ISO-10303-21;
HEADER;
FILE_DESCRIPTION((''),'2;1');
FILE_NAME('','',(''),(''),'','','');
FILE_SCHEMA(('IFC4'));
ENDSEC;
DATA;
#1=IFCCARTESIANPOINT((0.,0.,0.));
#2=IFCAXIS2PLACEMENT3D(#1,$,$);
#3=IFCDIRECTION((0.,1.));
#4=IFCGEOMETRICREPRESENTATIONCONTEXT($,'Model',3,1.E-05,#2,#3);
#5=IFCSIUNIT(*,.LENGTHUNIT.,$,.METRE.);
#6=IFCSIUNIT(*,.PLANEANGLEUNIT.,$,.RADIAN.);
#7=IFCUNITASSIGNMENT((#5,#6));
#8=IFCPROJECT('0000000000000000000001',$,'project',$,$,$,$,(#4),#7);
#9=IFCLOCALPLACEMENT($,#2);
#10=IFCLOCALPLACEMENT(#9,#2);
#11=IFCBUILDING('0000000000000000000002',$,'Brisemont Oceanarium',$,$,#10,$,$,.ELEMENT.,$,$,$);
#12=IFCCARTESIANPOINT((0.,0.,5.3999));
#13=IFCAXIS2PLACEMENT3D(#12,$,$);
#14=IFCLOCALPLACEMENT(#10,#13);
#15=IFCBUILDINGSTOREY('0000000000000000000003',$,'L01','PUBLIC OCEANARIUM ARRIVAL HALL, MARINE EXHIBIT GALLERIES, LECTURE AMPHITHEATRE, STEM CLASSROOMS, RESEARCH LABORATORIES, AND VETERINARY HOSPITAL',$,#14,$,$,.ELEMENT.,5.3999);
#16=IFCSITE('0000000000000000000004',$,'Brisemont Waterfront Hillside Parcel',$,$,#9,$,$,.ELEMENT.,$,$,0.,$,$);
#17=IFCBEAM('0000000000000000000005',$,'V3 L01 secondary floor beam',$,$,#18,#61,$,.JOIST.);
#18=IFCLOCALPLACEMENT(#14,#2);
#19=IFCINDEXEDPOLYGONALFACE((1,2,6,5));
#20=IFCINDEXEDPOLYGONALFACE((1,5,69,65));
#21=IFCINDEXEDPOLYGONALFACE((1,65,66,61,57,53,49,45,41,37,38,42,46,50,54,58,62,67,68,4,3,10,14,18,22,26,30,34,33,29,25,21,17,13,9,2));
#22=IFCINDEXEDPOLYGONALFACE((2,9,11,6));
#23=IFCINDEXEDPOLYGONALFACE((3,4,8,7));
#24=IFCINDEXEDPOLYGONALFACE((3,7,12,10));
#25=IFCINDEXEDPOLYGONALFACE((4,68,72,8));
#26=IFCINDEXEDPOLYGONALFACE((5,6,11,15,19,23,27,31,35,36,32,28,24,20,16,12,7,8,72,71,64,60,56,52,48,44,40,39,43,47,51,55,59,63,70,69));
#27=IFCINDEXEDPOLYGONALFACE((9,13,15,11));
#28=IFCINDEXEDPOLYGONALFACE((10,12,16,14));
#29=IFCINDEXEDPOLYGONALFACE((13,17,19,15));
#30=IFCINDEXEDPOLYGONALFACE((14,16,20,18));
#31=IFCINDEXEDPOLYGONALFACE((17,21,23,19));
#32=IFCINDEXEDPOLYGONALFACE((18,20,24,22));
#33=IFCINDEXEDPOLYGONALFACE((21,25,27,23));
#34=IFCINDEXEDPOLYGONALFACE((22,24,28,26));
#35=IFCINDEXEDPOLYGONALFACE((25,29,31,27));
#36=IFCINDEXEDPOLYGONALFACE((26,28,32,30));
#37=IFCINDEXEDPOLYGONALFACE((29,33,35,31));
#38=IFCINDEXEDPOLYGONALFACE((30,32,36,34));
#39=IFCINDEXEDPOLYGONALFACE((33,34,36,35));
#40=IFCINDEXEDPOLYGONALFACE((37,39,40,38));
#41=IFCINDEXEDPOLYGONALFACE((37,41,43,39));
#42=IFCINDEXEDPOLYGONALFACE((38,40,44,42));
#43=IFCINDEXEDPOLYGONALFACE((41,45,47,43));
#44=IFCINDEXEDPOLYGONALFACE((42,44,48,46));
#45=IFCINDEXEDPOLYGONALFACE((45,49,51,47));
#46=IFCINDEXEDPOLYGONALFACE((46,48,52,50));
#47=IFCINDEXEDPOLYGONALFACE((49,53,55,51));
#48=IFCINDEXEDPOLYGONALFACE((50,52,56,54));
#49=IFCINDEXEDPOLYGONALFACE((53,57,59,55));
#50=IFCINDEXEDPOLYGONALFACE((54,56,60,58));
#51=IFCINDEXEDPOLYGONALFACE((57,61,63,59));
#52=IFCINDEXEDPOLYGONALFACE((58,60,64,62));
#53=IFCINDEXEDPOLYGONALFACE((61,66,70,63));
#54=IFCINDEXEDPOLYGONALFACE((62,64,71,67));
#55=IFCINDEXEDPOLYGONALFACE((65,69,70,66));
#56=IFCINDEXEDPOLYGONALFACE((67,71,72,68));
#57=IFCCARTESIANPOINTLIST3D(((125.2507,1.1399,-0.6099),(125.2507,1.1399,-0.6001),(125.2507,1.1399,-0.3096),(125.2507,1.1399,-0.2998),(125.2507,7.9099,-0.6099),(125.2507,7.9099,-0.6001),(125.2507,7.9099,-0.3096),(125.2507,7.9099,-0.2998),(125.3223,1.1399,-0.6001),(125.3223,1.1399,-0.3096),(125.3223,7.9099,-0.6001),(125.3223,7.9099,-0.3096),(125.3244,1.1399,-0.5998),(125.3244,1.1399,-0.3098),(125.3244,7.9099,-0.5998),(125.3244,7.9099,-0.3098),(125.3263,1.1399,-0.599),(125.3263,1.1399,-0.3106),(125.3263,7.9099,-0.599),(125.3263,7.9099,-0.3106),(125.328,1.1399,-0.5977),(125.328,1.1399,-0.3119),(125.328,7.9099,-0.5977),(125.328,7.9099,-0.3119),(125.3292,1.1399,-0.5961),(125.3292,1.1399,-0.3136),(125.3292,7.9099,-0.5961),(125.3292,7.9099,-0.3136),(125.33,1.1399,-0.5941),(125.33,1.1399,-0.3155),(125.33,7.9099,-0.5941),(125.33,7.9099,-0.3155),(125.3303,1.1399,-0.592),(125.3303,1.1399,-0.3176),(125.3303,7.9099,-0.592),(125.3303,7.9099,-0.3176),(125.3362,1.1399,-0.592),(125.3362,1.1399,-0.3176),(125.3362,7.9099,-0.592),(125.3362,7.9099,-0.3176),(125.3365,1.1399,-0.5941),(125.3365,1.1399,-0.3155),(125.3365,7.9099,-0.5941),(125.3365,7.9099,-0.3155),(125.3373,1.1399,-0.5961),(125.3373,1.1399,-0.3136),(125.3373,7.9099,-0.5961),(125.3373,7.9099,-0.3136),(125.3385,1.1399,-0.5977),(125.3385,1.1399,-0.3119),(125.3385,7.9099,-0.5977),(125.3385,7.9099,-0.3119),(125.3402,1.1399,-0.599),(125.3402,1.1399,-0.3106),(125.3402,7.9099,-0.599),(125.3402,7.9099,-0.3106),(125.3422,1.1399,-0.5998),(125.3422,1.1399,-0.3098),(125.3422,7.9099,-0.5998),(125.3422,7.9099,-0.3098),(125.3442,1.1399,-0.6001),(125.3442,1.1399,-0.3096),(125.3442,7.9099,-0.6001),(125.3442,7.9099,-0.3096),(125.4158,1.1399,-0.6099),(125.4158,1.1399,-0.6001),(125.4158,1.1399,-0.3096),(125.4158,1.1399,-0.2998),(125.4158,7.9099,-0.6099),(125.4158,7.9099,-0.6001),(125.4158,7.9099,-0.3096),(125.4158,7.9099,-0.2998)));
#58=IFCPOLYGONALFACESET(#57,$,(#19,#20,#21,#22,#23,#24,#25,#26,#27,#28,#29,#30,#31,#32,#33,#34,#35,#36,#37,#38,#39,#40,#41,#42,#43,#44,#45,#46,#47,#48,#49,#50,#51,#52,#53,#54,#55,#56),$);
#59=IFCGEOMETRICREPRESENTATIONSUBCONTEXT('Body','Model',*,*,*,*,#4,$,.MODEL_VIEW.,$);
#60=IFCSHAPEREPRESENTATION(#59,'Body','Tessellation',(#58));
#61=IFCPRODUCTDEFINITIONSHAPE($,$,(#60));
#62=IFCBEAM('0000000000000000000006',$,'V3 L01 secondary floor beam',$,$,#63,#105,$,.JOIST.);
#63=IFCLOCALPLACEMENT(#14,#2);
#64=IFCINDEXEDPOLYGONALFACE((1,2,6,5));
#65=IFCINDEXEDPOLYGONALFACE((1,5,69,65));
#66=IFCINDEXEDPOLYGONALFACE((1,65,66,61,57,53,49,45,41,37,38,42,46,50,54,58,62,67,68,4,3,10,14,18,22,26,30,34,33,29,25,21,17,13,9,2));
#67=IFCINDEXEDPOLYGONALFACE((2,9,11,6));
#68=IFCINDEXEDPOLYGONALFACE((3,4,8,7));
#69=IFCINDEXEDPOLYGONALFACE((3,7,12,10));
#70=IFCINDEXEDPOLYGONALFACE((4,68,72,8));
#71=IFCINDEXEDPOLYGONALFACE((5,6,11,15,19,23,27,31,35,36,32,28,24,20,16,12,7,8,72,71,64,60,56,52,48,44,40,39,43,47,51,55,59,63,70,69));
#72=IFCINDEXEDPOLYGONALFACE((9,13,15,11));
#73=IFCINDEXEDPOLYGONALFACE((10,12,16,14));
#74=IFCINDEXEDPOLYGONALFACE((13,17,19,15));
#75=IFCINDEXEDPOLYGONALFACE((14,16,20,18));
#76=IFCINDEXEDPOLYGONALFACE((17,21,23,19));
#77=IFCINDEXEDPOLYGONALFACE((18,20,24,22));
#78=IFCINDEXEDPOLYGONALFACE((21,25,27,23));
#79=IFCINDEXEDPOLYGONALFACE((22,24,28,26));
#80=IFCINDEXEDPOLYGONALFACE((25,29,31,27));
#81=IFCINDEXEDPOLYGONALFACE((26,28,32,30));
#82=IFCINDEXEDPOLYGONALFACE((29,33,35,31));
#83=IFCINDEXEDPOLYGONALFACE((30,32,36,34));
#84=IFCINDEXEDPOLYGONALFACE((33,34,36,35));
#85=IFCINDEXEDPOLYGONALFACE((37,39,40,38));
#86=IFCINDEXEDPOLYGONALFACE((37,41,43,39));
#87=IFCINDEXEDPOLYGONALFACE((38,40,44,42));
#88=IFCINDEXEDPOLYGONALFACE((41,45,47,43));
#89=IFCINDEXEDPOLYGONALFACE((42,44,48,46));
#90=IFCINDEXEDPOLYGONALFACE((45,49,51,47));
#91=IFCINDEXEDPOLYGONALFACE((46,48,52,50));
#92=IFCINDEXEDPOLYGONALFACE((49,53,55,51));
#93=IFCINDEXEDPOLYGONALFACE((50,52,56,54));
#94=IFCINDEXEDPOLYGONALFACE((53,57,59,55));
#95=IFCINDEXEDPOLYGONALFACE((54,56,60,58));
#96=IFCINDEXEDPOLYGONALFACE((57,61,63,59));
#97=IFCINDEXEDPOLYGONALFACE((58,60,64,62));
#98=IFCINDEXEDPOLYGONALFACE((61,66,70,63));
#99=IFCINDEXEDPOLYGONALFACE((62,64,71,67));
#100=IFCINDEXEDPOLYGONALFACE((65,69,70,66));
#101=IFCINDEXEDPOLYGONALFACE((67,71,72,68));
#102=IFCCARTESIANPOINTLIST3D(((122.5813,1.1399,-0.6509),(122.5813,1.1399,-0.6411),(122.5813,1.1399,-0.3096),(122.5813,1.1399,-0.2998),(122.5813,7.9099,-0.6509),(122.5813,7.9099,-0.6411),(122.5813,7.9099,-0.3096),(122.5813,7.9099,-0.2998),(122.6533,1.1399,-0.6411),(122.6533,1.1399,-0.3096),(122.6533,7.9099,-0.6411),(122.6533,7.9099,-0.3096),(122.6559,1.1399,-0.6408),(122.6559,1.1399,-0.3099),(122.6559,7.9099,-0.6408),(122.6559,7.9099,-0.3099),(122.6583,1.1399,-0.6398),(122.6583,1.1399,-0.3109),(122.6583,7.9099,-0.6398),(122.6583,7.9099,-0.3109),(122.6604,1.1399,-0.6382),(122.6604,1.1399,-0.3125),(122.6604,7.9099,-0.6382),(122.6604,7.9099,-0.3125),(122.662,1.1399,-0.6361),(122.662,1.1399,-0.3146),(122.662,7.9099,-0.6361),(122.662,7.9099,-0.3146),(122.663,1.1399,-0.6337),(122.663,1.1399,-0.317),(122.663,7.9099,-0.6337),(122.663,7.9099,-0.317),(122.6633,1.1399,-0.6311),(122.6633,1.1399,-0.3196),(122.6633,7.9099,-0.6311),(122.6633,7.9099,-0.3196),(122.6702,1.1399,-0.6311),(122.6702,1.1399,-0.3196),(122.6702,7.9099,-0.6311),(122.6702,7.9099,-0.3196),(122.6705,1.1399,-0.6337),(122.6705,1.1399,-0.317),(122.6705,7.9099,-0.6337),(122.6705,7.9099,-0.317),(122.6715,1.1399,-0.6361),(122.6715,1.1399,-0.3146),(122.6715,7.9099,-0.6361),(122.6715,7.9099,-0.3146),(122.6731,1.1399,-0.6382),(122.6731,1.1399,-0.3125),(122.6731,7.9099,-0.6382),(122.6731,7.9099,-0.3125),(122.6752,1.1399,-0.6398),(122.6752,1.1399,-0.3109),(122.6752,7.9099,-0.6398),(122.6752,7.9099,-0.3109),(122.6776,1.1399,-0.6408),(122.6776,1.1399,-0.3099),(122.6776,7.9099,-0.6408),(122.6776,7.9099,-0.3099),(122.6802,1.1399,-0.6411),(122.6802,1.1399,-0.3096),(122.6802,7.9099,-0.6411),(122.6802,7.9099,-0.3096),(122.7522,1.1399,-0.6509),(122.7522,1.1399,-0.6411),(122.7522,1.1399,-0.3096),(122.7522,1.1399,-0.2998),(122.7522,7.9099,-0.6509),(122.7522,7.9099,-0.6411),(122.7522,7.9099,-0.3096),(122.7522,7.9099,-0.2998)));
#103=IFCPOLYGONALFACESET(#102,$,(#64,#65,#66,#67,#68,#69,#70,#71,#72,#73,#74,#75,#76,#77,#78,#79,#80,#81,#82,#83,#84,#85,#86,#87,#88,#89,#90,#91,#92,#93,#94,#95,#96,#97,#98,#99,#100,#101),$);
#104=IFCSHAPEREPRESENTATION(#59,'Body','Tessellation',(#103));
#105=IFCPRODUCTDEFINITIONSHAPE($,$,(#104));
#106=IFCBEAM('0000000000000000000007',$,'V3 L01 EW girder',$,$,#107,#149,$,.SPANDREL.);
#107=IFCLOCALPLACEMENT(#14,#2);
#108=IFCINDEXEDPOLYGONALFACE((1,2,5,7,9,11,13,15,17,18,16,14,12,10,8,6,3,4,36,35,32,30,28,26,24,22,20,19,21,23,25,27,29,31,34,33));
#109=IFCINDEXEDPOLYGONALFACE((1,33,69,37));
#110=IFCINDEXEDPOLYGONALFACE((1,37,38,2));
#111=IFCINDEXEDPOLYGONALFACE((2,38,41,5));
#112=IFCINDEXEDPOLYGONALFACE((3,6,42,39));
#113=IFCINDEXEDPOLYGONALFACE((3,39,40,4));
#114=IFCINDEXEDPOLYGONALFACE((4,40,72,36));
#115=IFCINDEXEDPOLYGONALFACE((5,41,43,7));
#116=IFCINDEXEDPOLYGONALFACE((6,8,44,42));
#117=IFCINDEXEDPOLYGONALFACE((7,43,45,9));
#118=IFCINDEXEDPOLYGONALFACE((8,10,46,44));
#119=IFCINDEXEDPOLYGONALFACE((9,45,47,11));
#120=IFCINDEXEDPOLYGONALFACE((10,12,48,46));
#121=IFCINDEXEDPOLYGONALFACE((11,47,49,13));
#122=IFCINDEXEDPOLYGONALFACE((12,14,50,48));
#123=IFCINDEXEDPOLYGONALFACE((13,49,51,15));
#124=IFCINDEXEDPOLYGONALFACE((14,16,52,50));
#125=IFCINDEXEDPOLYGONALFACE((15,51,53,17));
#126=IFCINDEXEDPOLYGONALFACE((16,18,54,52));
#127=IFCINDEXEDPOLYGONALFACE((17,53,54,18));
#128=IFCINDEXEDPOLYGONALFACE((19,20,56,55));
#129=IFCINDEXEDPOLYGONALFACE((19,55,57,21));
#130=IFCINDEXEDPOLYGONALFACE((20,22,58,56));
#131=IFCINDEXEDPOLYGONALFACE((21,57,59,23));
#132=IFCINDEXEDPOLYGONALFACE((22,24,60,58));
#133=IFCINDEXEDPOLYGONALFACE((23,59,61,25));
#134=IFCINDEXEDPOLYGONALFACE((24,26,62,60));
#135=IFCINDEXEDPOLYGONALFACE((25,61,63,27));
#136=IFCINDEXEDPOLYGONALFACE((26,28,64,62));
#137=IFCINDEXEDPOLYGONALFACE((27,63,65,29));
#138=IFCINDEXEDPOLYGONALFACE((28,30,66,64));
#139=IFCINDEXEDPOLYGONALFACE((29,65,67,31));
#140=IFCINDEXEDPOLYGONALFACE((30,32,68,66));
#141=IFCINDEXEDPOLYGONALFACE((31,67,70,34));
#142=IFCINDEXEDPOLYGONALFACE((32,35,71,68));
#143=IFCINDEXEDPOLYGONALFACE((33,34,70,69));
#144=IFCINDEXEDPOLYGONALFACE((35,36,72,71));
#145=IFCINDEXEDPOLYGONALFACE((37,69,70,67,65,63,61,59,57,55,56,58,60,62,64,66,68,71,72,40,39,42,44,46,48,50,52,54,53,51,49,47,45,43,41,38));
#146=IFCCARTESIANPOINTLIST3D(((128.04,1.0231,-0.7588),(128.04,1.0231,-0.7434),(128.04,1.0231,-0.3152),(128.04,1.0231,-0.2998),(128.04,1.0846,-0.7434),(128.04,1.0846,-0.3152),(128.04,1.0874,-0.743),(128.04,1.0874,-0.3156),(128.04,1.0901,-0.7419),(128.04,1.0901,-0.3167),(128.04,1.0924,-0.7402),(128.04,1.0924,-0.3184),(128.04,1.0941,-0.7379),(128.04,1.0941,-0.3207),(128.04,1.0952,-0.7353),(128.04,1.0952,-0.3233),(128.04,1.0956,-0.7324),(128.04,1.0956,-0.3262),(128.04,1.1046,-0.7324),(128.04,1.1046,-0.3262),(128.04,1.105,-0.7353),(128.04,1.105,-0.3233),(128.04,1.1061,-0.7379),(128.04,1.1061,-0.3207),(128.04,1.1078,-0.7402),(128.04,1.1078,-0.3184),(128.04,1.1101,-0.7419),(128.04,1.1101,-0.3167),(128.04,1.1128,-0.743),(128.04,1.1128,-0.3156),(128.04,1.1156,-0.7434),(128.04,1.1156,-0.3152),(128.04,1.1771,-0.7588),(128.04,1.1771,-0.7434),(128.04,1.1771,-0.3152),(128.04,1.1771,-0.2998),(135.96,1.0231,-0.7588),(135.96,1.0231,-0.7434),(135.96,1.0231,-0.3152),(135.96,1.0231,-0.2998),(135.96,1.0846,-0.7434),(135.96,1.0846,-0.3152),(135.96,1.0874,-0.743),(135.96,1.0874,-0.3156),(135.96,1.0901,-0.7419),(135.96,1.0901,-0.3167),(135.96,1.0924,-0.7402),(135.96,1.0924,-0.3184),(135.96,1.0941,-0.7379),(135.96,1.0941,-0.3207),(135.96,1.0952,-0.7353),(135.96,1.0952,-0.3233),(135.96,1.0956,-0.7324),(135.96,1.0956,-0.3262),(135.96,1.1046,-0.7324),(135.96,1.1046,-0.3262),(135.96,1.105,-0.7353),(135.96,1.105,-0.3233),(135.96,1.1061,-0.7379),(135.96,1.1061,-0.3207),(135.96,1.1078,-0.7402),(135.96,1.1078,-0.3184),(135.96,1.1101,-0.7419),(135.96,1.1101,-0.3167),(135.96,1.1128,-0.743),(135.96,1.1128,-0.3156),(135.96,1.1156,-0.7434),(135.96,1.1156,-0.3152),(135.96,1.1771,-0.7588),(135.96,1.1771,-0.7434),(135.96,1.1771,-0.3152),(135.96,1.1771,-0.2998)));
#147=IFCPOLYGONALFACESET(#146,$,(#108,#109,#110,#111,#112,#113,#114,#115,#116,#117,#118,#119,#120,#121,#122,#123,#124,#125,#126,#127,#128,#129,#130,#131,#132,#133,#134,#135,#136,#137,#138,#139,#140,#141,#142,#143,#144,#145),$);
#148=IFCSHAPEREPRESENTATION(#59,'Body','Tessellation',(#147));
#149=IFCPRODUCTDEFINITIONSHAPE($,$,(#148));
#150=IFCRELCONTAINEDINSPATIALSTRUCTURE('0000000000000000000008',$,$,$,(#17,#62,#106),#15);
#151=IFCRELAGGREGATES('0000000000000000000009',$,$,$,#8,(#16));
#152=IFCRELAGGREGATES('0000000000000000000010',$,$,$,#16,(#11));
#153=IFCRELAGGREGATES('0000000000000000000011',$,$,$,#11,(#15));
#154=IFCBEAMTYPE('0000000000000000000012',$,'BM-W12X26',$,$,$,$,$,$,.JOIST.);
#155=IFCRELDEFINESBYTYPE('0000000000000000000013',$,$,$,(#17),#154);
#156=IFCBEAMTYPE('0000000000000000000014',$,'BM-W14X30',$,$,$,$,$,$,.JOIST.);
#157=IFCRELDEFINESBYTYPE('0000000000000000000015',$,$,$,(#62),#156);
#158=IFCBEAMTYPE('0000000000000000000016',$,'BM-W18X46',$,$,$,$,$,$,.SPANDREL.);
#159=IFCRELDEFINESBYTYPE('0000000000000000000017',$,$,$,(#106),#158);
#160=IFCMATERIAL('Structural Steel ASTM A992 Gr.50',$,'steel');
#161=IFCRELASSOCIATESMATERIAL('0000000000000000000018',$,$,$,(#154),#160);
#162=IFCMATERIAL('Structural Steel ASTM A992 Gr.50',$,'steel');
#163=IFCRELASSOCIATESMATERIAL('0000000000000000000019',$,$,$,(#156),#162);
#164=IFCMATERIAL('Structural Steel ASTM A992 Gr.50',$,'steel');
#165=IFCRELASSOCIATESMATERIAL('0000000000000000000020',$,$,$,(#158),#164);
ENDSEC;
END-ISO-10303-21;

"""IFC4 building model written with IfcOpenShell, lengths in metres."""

from ifc_helpers import new_model, si_unit, direction, frame, origin, origin_2d, place, context, subcontext, project, spatial, i_section, extrude, material, material_profile, profile_set, type_object, element, save


model = new_model("IFC4")

# Units and contexts
model_context = context("Model", 3, precision=1e-05, world=origin(), true_north=direction((0.0, 1.0)))
body_context = subcontext(model_context, "Body", "Model", "MODEL_VIEW")
ifc_project = project(units=[si_unit("LENGTHUNIT", "METRE"), si_unit("PLANEANGLEUNIT", "RADIAN")], contexts=[model_context])

# Site, building, storey
site_placement = place(None, origin())
site = spatial("IfcSite", under=ifc_project, at=site_placement, Name="Brisemont Waterfront Hillside Parcel", CompositionType="ELEMENT", RefElevation=0.0)
building_placement = place(site_placement, origin())
building = spatial("IfcBuilding", under=site, at=building_placement, Name="Brisemont Oceanarium", CompositionType="ELEMENT")
storey_placement = place(building_placement, frame((0.0, 0.0, 5.3999)))
storey = spatial("IfcBuildingStorey", under=building, at=storey_placement, Name="L01", Description="PUBLIC OCEANARIUM ARRIVAL HALL, MARINE EXHIBIT GALLERIES, LECTURE AMPHITHEATRE, STEM CLASSROOMS, RESEARCH LABORATORIES, AND VETERINARY HOSPITAL", CompositionType="ELEMENT", Elevation=5.3999)

# Beams
ifc_material_1 = material(Name="Structural Steel ASTM A992 Gr.50", Category="steel")
ifc_material_profile_1 = material_profile(ifc_material_1, i_section(OverallWidth=0.165, OverallDepth=0.3101, WebThickness=0.0059, FlangeThickness=0.0098, FilletRadius=0.0081, at=origin_2d()), Name="W12X26")
ifc_profile_set_1 = profile_set([ifc_material_profile_1], Name="Structural Steel ASTM A992 Gr.50")
beam_type_1 = type_object("IfcBeamType", Name="BM-W12X26", PredefinedType="JOIST", material=ifc_profile_set_1)
beam_1_placement = place(storey_placement, frame((125.3333, 1.1399, -0.4548), z_axis=(0.0, 1.0, 0.0), x_axis=(-1.0, 0.0, 0.0)))
element("IfcBeam", 1, at=beam_1_placement, inside=storey, type_object=beam_type_1, Name="V3 L01 secondary floor beam", PredefinedType="JOIST", context=body_context, shape_type="SweptSolid", body=[
    extrude(i_section(OverallWidth=0.165, OverallDepth=0.3101, WebThickness=0.0059, FlangeThickness=0.0098, FilletRadius=0.0081, at=origin_2d()), origin(), (0.0, 0.0, 1.0), 6.77),
])
ifc_material_2 = material(Name="Structural Steel ASTM A992 Gr.50", Category="steel")
ifc_material_profile_2 = material_profile(ifc_material_2, i_section(OverallWidth=0.1709, OverallDepth=0.3511, WebThickness=0.0068, FlangeThickness=0.0098, FilletRadius=0.01, at=origin_2d()), Name="W14X30")
ifc_profile_set_2 = profile_set([ifc_material_profile_2], Name="Structural Steel ASTM A992 Gr.50")
beam_type_2 = type_object("IfcBeamType", Name="BM-W14X30", PredefinedType="JOIST", material=ifc_profile_set_2)
beam_2_placement = place(storey_placement, frame((122.6667, 1.1399, -0.4753), z_axis=(0.0, 1.0, 0.0), x_axis=(-1.0, 0.0, 0.0)))
element("IfcBeam", 2, at=beam_2_placement, inside=storey, type_object=beam_type_2, Name="V3 L01 secondary floor beam", PredefinedType="JOIST", context=body_context, shape_type="SweptSolid", body=[
    extrude(i_section(OverallWidth=0.1709, OverallDepth=0.3511, WebThickness=0.0068, FlangeThickness=0.0098, FilletRadius=0.01, at=origin_2d()), origin(), (0.0, 0.0, 1.0), 6.77),
])
ifc_material_3 = material(Name="Structural Steel ASTM A992 Gr.50", Category="steel")
ifc_material_profile_3 = material_profile(ifc_material_3, i_section(OverallWidth=0.1541, OverallDepth=0.459, WebThickness=0.009, FlangeThickness=0.0154, FilletRadius=0.011, at=origin_2d()), Name="W18X46")
ifc_profile_set_3 = profile_set([ifc_material_profile_3], Name="Structural Steel ASTM A992 Gr.50")
beam_type_3 = type_object("IfcBeamType", Name="BM-W18X46", PredefinedType="SPANDREL", material=ifc_profile_set_3)
beam_3_placement = place(storey_placement, frame((128.04, 1.1001, -0.5293), z_axis=(1.0, 0.0, 0.0), x_axis=(0.0, 1.0, 0.0)))
element("IfcBeam", 3, at=beam_3_placement, inside=storey, type_object=beam_type_3, Name="V3 L01 EW girder", PredefinedType="SPANDREL", context=body_context, shape_type="SweptSolid", body=[
    extrude(i_section(OverallWidth=0.1541, OverallDepth=0.459, WebThickness=0.009, FlangeThickness=0.0154, FilletRadius=0.011, at=origin_2d()), origin(), (0.0, 0.0, 1.0), 7.9199),
])

save(model, "model.ifc")
